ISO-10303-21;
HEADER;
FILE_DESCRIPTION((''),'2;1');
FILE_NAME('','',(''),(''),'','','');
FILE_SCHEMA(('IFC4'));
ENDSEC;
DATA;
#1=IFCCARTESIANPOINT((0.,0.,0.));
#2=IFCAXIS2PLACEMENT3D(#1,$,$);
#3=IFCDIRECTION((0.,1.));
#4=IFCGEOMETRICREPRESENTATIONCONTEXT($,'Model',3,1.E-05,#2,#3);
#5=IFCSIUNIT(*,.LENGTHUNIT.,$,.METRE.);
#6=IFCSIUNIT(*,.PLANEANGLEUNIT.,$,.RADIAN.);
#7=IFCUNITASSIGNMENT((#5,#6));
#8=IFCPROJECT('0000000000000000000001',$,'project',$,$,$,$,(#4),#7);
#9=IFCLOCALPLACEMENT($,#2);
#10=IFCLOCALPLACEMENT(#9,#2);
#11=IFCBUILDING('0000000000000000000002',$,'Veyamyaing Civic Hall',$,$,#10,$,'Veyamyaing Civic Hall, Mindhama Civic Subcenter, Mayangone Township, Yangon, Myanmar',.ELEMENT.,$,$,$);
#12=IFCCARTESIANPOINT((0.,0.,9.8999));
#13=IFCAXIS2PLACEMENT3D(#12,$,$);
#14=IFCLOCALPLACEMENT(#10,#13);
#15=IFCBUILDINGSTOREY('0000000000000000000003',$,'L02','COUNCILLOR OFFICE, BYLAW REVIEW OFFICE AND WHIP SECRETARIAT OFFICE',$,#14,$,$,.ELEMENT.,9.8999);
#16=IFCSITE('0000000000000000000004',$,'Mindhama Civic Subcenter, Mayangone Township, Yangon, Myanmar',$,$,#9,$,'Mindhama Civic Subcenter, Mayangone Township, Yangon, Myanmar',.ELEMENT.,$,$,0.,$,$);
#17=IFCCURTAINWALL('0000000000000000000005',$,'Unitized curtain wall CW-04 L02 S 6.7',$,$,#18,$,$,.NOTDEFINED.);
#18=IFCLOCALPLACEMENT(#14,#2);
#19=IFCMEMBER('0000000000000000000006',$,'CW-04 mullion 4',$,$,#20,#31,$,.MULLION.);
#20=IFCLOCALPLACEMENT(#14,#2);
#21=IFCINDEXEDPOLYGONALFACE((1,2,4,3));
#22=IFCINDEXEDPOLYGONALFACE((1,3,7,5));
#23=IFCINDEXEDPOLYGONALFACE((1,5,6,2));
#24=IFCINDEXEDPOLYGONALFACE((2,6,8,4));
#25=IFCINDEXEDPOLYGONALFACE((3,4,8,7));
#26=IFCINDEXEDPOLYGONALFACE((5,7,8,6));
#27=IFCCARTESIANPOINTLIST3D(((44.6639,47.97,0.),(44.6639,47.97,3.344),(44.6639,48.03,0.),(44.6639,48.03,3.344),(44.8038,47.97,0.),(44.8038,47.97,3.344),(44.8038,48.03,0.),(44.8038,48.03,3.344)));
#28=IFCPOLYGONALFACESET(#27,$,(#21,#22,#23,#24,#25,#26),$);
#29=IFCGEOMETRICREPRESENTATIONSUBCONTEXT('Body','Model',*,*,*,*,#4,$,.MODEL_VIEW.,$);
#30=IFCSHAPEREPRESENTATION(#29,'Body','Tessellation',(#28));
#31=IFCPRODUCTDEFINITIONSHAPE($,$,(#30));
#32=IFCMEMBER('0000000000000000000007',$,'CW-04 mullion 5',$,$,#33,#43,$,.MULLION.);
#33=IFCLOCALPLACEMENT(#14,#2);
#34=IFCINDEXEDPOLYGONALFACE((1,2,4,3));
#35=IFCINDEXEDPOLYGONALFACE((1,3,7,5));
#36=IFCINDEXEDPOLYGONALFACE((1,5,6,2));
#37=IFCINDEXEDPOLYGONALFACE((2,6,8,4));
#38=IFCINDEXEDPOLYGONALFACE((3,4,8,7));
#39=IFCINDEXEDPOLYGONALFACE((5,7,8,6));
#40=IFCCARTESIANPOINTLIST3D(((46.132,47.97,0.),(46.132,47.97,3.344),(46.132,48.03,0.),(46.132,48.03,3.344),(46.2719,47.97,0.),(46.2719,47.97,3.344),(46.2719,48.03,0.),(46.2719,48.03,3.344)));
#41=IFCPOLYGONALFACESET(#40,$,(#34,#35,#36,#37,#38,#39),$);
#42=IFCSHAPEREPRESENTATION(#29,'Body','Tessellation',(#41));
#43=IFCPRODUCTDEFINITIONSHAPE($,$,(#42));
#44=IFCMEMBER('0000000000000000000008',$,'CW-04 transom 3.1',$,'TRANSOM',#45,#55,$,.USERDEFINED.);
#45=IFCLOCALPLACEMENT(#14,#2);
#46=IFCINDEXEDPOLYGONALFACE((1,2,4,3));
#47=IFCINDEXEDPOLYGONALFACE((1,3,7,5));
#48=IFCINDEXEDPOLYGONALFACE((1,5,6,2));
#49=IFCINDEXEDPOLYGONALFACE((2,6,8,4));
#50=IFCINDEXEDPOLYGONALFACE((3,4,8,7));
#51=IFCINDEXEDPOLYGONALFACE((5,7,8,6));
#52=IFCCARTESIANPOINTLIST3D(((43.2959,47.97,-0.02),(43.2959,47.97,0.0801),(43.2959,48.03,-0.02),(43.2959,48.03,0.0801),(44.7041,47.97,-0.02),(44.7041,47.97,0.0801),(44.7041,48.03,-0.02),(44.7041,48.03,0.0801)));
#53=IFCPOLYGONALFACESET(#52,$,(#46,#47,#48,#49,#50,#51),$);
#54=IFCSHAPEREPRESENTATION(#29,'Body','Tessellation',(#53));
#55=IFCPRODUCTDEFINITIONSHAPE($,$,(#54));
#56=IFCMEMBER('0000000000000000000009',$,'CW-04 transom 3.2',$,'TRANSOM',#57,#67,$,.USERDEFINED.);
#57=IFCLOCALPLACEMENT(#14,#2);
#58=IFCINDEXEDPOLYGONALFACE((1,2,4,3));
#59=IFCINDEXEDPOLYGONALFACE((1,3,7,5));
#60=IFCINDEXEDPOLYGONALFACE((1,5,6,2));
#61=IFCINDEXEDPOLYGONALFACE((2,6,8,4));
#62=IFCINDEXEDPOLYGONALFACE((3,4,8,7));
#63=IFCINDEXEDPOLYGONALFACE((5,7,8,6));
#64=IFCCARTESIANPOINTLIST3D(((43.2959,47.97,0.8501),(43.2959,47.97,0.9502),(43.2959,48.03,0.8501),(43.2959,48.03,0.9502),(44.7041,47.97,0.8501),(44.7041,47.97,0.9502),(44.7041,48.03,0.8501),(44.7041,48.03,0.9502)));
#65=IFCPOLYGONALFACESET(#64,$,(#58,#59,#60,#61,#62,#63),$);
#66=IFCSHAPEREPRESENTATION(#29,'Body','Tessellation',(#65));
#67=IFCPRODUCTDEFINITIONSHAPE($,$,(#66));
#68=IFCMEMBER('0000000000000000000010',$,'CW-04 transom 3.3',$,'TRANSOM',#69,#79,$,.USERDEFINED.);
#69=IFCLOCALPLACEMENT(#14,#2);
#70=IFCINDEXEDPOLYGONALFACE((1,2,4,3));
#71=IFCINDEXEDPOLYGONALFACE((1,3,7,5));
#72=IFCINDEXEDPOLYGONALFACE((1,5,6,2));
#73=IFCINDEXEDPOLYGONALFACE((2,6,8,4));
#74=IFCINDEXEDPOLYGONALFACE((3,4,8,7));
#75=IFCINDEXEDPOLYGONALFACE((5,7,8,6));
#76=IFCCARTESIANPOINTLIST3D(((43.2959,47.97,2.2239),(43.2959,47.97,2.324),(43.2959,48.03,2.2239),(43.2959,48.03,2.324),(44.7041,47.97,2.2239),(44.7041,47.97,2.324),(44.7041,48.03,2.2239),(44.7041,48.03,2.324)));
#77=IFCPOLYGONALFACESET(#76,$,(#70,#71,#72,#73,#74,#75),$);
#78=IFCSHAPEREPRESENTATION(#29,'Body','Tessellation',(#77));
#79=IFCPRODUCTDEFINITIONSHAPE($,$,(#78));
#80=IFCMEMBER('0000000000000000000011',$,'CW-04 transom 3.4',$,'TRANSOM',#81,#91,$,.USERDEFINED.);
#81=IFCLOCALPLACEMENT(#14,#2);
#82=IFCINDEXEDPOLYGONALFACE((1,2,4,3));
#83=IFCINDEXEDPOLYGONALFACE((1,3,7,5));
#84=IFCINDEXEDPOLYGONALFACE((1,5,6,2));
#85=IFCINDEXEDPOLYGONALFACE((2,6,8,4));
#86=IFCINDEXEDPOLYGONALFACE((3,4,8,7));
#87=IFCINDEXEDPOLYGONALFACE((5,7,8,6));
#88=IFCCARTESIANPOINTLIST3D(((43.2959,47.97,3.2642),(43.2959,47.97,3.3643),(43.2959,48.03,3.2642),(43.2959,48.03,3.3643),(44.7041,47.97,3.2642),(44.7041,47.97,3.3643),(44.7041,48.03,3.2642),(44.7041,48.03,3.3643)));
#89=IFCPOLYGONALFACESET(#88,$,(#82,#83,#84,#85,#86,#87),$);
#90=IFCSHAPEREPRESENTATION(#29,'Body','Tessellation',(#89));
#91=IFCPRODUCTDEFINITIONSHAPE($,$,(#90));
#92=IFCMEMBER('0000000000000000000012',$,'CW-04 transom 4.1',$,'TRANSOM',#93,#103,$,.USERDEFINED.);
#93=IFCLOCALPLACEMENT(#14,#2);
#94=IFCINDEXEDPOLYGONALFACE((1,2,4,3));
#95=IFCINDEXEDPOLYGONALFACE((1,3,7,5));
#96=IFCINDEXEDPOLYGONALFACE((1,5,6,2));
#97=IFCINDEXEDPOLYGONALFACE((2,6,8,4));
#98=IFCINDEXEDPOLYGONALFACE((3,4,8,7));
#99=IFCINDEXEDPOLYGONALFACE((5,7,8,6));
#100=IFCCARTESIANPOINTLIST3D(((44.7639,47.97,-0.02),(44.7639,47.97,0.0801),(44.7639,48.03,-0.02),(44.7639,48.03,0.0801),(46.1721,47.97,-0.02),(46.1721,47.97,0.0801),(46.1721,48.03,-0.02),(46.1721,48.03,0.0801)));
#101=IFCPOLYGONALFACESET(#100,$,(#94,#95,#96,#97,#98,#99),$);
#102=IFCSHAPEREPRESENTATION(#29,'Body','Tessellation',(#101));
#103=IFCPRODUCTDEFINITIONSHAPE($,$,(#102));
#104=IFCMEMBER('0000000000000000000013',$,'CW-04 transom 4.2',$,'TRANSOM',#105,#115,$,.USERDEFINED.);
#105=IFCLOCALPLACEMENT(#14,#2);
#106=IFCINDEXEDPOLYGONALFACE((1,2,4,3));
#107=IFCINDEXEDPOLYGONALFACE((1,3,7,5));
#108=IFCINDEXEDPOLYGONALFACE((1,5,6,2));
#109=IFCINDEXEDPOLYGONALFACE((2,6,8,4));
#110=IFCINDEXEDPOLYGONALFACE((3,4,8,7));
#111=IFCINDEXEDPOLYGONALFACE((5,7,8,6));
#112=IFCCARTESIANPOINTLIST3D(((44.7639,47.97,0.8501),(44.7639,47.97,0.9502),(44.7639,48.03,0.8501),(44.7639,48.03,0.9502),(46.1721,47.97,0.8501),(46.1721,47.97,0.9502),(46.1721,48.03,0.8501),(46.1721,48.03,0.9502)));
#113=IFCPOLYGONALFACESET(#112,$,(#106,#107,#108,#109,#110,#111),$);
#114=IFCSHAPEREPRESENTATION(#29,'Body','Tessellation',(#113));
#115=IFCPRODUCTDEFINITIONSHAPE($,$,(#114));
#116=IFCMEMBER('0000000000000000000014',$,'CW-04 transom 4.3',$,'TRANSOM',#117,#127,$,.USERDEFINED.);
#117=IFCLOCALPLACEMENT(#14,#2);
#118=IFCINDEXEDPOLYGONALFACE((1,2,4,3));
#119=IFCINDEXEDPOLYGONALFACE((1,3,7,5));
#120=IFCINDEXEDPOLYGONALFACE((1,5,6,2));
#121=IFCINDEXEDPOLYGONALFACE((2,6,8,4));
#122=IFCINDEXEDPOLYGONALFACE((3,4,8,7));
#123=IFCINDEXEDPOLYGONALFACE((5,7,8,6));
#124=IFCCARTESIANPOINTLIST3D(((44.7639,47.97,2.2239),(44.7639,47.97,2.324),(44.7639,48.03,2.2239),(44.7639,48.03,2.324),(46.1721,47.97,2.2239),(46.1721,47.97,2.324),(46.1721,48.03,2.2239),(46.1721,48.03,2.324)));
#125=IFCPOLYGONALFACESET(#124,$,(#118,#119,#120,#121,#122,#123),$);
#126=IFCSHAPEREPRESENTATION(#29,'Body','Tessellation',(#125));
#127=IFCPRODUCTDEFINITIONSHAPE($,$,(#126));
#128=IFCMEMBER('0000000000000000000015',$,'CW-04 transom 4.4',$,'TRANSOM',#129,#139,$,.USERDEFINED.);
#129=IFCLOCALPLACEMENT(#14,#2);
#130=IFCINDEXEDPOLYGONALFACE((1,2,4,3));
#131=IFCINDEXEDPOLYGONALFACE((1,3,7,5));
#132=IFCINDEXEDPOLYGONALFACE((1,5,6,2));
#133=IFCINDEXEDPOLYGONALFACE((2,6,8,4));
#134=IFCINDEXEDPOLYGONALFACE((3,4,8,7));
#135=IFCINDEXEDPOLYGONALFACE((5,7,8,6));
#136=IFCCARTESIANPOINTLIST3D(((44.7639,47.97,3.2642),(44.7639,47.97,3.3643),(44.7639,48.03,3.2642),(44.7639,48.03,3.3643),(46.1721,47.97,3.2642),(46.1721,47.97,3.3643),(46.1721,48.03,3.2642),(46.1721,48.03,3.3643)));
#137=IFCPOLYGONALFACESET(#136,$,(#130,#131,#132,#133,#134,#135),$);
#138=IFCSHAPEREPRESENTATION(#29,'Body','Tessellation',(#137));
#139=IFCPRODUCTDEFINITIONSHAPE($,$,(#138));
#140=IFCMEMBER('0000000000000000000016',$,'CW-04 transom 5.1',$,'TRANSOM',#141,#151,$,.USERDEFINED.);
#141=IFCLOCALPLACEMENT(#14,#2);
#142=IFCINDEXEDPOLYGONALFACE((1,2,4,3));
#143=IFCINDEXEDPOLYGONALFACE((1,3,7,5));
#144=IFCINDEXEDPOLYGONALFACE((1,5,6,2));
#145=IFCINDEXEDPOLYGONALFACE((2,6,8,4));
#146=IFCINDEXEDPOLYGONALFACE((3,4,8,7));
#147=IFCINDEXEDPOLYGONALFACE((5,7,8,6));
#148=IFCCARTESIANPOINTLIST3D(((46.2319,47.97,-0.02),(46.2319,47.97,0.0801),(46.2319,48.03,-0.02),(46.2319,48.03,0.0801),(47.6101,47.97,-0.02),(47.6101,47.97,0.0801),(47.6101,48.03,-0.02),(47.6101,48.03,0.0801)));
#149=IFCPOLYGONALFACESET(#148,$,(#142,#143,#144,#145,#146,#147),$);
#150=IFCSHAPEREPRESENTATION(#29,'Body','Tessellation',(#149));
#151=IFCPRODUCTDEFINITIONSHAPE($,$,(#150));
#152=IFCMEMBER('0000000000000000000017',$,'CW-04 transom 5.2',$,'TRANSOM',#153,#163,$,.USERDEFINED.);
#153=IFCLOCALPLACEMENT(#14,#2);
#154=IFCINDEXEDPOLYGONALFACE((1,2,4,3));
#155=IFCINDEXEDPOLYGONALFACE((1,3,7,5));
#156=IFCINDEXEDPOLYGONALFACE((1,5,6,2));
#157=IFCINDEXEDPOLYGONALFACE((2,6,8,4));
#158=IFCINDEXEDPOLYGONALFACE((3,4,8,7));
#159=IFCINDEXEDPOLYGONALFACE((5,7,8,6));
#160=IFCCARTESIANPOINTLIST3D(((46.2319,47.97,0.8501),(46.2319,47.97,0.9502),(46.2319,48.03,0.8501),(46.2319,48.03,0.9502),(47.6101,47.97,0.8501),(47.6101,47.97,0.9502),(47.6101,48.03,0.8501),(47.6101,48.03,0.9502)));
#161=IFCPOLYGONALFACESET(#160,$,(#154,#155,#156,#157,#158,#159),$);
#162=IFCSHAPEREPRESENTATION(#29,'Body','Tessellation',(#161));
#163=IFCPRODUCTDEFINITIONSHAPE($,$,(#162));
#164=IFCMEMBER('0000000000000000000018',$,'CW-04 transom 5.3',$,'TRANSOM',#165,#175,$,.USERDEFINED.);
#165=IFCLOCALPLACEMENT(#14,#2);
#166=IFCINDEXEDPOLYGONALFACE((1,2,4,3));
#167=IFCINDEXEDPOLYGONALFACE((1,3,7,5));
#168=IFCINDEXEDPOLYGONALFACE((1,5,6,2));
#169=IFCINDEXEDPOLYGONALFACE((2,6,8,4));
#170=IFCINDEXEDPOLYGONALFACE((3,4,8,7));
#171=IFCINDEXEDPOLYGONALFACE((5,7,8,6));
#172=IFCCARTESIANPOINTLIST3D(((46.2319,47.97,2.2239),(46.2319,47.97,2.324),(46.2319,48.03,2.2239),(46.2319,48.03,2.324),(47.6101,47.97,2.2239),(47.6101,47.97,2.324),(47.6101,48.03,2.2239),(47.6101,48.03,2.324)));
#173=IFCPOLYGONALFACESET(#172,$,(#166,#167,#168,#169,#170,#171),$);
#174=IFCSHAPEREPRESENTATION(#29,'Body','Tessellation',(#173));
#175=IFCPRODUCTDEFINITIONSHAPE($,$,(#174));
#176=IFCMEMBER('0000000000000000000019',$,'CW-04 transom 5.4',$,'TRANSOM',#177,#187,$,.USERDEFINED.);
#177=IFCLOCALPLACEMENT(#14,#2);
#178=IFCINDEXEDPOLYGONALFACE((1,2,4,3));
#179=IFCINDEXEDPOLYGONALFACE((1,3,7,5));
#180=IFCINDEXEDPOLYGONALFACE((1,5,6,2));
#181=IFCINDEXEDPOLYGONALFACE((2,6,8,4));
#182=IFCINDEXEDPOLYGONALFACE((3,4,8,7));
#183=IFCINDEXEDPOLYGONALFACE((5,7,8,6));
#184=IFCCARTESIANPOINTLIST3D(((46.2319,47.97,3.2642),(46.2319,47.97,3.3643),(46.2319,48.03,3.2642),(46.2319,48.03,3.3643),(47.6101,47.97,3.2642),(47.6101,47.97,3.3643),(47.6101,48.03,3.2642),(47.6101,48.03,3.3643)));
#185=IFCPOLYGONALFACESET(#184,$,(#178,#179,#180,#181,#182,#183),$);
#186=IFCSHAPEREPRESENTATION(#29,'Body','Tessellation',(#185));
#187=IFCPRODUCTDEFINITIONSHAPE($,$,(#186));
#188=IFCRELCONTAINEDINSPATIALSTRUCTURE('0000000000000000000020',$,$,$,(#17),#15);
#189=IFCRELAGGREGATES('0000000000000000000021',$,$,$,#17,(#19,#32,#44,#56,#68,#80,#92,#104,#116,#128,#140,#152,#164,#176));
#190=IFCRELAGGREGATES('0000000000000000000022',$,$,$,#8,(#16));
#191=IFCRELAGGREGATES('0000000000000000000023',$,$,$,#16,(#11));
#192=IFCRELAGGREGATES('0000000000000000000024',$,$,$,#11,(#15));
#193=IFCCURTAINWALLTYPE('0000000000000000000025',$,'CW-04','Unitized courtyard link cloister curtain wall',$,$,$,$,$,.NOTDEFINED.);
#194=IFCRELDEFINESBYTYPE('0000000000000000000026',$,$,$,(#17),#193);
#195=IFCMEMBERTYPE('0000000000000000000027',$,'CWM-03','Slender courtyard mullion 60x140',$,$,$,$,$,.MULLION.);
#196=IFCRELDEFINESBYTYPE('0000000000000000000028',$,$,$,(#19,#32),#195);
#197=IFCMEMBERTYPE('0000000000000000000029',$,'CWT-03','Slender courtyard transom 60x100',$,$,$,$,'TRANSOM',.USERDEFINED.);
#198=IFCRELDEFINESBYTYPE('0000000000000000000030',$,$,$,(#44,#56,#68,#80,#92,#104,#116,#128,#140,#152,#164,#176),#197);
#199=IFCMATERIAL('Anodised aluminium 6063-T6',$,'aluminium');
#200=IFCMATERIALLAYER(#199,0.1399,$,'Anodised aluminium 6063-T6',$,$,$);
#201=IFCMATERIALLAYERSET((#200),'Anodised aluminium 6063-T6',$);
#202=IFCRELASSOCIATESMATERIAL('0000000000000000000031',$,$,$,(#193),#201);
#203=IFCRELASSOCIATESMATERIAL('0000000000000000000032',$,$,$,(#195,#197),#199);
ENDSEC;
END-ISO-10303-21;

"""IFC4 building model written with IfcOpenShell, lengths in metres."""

from ifc_helpers import new_model, si_unit, direction, frame, origin, origin_2d, place, context, subcontext, project, spatial, rectangle, extrude, material, layer, layer_set, material_profile, profile_set, type_object, element, aggregate, save


model = new_model("IFC4")

# Units and contexts
model_context = context("Model", 3, precision=1e-05, world=origin(), true_north=direction((0.0, 1.0)))
body_context = subcontext(model_context, "Body", "Model", "MODEL_VIEW")
ifc_project = project(units=[si_unit("LENGTHUNIT", "METRE"), si_unit("PLANEANGLEUNIT", "RADIAN")], contexts=[model_context])

# Site, building, storey
site_placement = place(None, origin())
site = spatial("IfcSite", under=ifc_project, at=site_placement, Name="Mindhama Civic Subcenter, Mayangone Township, Yangon, Myanmar", LongName="Mindhama Civic Subcenter, Mayangone Township, Yangon, Myanmar", CompositionType="ELEMENT", RefElevation=0.0)
building_placement = place(site_placement, origin())
building = spatial("IfcBuilding", under=site, at=building_placement, Name="Veyamyaing Civic Hall", LongName="Veyamyaing Civic Hall, Mindhama Civic Subcenter, Mayangone Township, Yangon, Myanmar", CompositionType="ELEMENT")
storey_placement = place(building_placement, frame((0.0, 0.0, 9.8999)))
storey = spatial("IfcBuildingStorey", under=building, at=storey_placement, Name="L02", Description="COUNCILLOR OFFICE, BYLAW REVIEW OFFICE AND WHIP SECRETARIAT OFFICE", CompositionType="ELEMENT", Elevation=9.8999)

# Curtain wall, members
ifc_material_1 = material(Name="Anodised aluminium 6063-T6", Category="aluminium")
ifc_layer_1 = layer(ifc_material_1, 0.1399, Name="Anodised aluminium 6063-T6")
ifc_layer_set_1 = layer_set([ifc_layer_1], Name="Anodised aluminium 6063-T6")
curtain_wall_type = type_object("IfcCurtainWallType", Name="CW-04", Description="Unitized courtyard link cloister curtain wall", PredefinedType="NOTDEFINED", material=ifc_layer_set_1)
curtain_wall_placement = place(storey_placement, origin())
curtain_wall = element("IfcCurtainWall", 1, at=curtain_wall_placement, inside=storey, type_object=curtain_wall_type, Name="Unitized curtain wall CW-04 L02 S 6.7", PredefinedType="NOTDEFINED")
ifc_material_profile_1 = material_profile(ifc_material_1, rectangle(XDim=0.0601, YDim=0.1399, at=origin_2d()), Name="ALU-MUL-60X140")
ifc_profile_set_1 = profile_set([ifc_material_profile_1], Name="Anodised aluminium 6063-T6")
member_type_1 = type_object("IfcMemberType", Name="CWM-03", Description="Slender courtyard mullion 60x140", PredefinedType="MULLION", material=ifc_profile_set_1)
member_1_placement = place(storey_placement, frame((44.7339, 48.0, 0.0), z_axis=(0.0, 0.0, 1.0), x_axis=(0.0, 1.0, 0.0)))
member_1 = element("IfcMember", 2, at=member_1_placement, type_object=member_type_1, Name="CW-04 mullion 4", PredefinedType="MULLION", context=body_context, shape_type="SweptSolid", body=[
    extrude(rectangle(XDim=0.0601, YDim=0.1399, at=origin_2d()), origin(), (0.0, 0.0, 1.0), 3.344),
])
member_2_placement = place(storey_placement, frame((46.2019, 48.0, 0.0), z_axis=(0.0, 0.0, 1.0), x_axis=(0.0, 1.0, 0.0)))
member_2 = element("IfcMember", 3, at=member_2_placement, type_object=member_type_1, Name="CW-04 mullion 5", PredefinedType="MULLION", context=body_context, shape_type="SweptSolid", body=[
    extrude(rectangle(XDim=0.0601, YDim=0.1399, at=origin_2d()), origin(), (0.0, 0.0, 1.0), 3.344),
])
ifc_material_profile_2 = material_profile(ifc_material_1, rectangle(XDim=0.0601, YDim=0.1001, at=origin_2d()), Name="ALU-TRN-60X100")
ifc_profile_set_2 = profile_set([ifc_material_profile_2], Name="Anodised aluminium 6063-T6")
member_type_2 = type_object("IfcMemberType", Name="CWT-03", Description="Slender courtyard transom 60x100", ElementType="TRANSOM", PredefinedType="USERDEFINED", material=ifc_profile_set_2)
member_3_placement = place(storey_placement, frame((43.2959, 48.0, 0.03), z_axis=(1.0, 0.0, 0.0), x_axis=(0.0, 1.0, 0.0)))
member_3 = element("IfcMember", 4, at=member_3_placement, type_object=member_type_2, Name="CW-04 transom 3.1", ObjectType="TRANSOM", PredefinedType="USERDEFINED", context=body_context, shape_type="SweptSolid", body=[
    extrude(rectangle(XDim=0.0601, YDim=0.1001, at=origin_2d()), origin(), (0.0, 0.0, 1.0), 1.4082),
])
member_4_placement = place(storey_placement, frame((43.2959, 48.0, 0.9001), z_axis=(1.0, 0.0, 0.0), x_axis=(0.0, 1.0, 0.0)))
member_4 = element("IfcMember", 5, at=member_4_placement, type_object=member_type_2, Name="CW-04 transom 3.2", ObjectType="TRANSOM", PredefinedType="USERDEFINED", context=body_context, shape_type="SweptSolid", body=[
    extrude(rectangle(XDim=0.0601, YDim=0.1001, at=origin_2d()), origin(), (0.0, 0.0, 1.0), 1.4082),
])
member_5_placement = place(storey_placement, frame((43.2959, 48.0, 2.2739), z_axis=(1.0, 0.0, 0.0), x_axis=(0.0, 1.0, 0.0)))
member_5 = element("IfcMember", 6, at=member_5_placement, type_object=member_type_2, Name="CW-04 transom 3.3", ObjectType="TRANSOM", PredefinedType="USERDEFINED", context=body_context, shape_type="SweptSolid", body=[
    extrude(rectangle(XDim=0.0601, YDim=0.1001, at=origin_2d()), origin(), (0.0, 0.0, 1.0), 1.4082),
])
member_6_placement = place(storey_placement, frame((43.2959, 48.0, 3.3142), z_axis=(1.0, 0.0, 0.0), x_axis=(0.0, 1.0, 0.0)))
member_6 = element("IfcMember", 7, at=member_6_placement, type_object=member_type_2, Name="CW-04 transom 3.4", ObjectType="TRANSOM", PredefinedType="USERDEFINED", context=body_context, shape_type="SweptSolid", body=[
    extrude(rectangle(XDim=0.0601, YDim=0.1001, at=origin_2d()), origin(), (0.0, 0.0, 1.0), 1.4082),
])
member_7_placement = place(storey_placement, frame((44.7639, 48.0, 0.03), z_axis=(1.0, 0.0, 0.0), x_axis=(0.0, 1.0, 0.0)))
member_7 = element("IfcMember", 8, at=member_7_placement, type_object=member_type_2, Name="CW-04 transom 4.1", ObjectType="TRANSOM", PredefinedType="USERDEFINED", context=body_context, shape_type="SweptSolid", body=[
    extrude(rectangle(XDim=0.0601, YDim=0.1001, at=origin_2d()), origin(), (0.0, 0.0, 1.0), 1.4082),
])
member_8_placement = place(storey_placement, frame((44.7639, 48.0, 0.9001), z_axis=(1.0, 0.0, 0.0), x_axis=(0.0, 1.0, 0.0)))
member_8 = element("IfcMember", 9, at=member_8_placement, type_object=member_type_2, Name="CW-04 transom 4.2", ObjectType="TRANSOM", PredefinedType="USERDEFINED", context=body_context, shape_type="SweptSolid", body=[
    extrude(rectangle(XDim=0.0601, YDim=0.1001, at=origin_2d()), origin(), (0.0, 0.0, 1.0), 1.4082),
])
member_9_placement = place(storey_placement, frame((44.7639, 48.0, 2.2739), z_axis=(1.0, 0.0, 0.0), x_axis=(0.0, 1.0, 0.0)))
member_9 = element("IfcMember", 10, at=member_9_placement, type_object=member_type_2, Name="CW-04 transom 4.3", ObjectType="TRANSOM", PredefinedType="USERDEFINED", context=body_context, shape_type="SweptSolid", body=[
    extrude(rectangle(XDim=0.0601, YDim=0.1001, at=origin_2d()), origin(), (0.0, 0.0, 1.0), 1.4082),
])
member_10_placement = place(storey_placement, frame((44.7639, 48.0, 3.3142), z_axis=(1.0, 0.0, 0.0), x_axis=(0.0, 1.0, 0.0)))
member_10 = element("IfcMember", 11, at=member_10_placement, type_object=member_type_2, Name="CW-04 transom 4.4", ObjectType="TRANSOM", PredefinedType="USERDEFINED", context=body_context, shape_type="SweptSolid", body=[
    extrude(rectangle(XDim=0.0601, YDim=0.1001, at=origin_2d()), origin(), (0.0, 0.0, 1.0), 1.4082),
])
member_11_placement = place(storey_placement, frame((46.2319, 48.0, 0.03), z_axis=(1.0, 0.0, 0.0), x_axis=(0.0, 1.0, 0.0)))
member_11 = element("IfcMember", 12, at=member_11_placement, type_object=member_type_2, Name="CW-04 transom 5.1", ObjectType="TRANSOM", PredefinedType="USERDEFINED", context=body_context, shape_type="SweptSolid", body=[
    extrude(rectangle(XDim=0.0601, YDim=0.1001, at=origin_2d()), origin(), (0.0, 0.0, 1.0), 1.3782),
])
member_12_placement = place(storey_placement, frame((46.2319, 48.0, 0.9001), z_axis=(1.0, 0.0, 0.0), x_axis=(0.0, 1.0, 0.0)))
member_12 = element("IfcMember", 13, at=member_12_placement, type_object=member_type_2, Name="CW-04 transom 5.2", ObjectType="TRANSOM", PredefinedType="USERDEFINED", context=body_context, shape_type="SweptSolid", body=[
    extrude(rectangle(XDim=0.0601, YDim=0.1001, at=origin_2d()), origin(), (0.0, 0.0, 1.0), 1.3782),
])
member_13_placement = place(storey_placement, frame((46.2319, 48.0, 2.2739), z_axis=(1.0, 0.0, 0.0), x_axis=(0.0, 1.0, 0.0)))
member_13 = element("IfcMember", 14, at=member_13_placement, type_object=member_type_2, Name="CW-04 transom 5.3", ObjectType="TRANSOM", PredefinedType="USERDEFINED", context=body_context, shape_type="SweptSolid", body=[
    extrude(rectangle(XDim=0.0601, YDim=0.1001, at=origin_2d()), origin(), (0.0, 0.0, 1.0), 1.3782),
])
member_14_placement = place(storey_placement, frame((46.2319, 48.0, 3.3142), z_axis=(1.0, 0.0, 0.0), x_axis=(0.0, 1.0, 0.0)))
member_14 = element("IfcMember", 15, at=member_14_placement, type_object=member_type_2, Name="CW-04 transom 5.4", ObjectType="TRANSOM", PredefinedType="USERDEFINED", context=body_context, shape_type="SweptSolid", body=[
    extrude(rectangle(XDim=0.0601, YDim=0.1001, at=origin_2d()), origin(), (0.0, 0.0, 1.0), 1.3782),
])
aggregate(curtain_wall, [member_1, member_2, member_3, member_4, member_5, member_6, member_7, member_8, member_9, member_10, member_11, member_12, member_13, member_14])

save(model, "model.ifc")
